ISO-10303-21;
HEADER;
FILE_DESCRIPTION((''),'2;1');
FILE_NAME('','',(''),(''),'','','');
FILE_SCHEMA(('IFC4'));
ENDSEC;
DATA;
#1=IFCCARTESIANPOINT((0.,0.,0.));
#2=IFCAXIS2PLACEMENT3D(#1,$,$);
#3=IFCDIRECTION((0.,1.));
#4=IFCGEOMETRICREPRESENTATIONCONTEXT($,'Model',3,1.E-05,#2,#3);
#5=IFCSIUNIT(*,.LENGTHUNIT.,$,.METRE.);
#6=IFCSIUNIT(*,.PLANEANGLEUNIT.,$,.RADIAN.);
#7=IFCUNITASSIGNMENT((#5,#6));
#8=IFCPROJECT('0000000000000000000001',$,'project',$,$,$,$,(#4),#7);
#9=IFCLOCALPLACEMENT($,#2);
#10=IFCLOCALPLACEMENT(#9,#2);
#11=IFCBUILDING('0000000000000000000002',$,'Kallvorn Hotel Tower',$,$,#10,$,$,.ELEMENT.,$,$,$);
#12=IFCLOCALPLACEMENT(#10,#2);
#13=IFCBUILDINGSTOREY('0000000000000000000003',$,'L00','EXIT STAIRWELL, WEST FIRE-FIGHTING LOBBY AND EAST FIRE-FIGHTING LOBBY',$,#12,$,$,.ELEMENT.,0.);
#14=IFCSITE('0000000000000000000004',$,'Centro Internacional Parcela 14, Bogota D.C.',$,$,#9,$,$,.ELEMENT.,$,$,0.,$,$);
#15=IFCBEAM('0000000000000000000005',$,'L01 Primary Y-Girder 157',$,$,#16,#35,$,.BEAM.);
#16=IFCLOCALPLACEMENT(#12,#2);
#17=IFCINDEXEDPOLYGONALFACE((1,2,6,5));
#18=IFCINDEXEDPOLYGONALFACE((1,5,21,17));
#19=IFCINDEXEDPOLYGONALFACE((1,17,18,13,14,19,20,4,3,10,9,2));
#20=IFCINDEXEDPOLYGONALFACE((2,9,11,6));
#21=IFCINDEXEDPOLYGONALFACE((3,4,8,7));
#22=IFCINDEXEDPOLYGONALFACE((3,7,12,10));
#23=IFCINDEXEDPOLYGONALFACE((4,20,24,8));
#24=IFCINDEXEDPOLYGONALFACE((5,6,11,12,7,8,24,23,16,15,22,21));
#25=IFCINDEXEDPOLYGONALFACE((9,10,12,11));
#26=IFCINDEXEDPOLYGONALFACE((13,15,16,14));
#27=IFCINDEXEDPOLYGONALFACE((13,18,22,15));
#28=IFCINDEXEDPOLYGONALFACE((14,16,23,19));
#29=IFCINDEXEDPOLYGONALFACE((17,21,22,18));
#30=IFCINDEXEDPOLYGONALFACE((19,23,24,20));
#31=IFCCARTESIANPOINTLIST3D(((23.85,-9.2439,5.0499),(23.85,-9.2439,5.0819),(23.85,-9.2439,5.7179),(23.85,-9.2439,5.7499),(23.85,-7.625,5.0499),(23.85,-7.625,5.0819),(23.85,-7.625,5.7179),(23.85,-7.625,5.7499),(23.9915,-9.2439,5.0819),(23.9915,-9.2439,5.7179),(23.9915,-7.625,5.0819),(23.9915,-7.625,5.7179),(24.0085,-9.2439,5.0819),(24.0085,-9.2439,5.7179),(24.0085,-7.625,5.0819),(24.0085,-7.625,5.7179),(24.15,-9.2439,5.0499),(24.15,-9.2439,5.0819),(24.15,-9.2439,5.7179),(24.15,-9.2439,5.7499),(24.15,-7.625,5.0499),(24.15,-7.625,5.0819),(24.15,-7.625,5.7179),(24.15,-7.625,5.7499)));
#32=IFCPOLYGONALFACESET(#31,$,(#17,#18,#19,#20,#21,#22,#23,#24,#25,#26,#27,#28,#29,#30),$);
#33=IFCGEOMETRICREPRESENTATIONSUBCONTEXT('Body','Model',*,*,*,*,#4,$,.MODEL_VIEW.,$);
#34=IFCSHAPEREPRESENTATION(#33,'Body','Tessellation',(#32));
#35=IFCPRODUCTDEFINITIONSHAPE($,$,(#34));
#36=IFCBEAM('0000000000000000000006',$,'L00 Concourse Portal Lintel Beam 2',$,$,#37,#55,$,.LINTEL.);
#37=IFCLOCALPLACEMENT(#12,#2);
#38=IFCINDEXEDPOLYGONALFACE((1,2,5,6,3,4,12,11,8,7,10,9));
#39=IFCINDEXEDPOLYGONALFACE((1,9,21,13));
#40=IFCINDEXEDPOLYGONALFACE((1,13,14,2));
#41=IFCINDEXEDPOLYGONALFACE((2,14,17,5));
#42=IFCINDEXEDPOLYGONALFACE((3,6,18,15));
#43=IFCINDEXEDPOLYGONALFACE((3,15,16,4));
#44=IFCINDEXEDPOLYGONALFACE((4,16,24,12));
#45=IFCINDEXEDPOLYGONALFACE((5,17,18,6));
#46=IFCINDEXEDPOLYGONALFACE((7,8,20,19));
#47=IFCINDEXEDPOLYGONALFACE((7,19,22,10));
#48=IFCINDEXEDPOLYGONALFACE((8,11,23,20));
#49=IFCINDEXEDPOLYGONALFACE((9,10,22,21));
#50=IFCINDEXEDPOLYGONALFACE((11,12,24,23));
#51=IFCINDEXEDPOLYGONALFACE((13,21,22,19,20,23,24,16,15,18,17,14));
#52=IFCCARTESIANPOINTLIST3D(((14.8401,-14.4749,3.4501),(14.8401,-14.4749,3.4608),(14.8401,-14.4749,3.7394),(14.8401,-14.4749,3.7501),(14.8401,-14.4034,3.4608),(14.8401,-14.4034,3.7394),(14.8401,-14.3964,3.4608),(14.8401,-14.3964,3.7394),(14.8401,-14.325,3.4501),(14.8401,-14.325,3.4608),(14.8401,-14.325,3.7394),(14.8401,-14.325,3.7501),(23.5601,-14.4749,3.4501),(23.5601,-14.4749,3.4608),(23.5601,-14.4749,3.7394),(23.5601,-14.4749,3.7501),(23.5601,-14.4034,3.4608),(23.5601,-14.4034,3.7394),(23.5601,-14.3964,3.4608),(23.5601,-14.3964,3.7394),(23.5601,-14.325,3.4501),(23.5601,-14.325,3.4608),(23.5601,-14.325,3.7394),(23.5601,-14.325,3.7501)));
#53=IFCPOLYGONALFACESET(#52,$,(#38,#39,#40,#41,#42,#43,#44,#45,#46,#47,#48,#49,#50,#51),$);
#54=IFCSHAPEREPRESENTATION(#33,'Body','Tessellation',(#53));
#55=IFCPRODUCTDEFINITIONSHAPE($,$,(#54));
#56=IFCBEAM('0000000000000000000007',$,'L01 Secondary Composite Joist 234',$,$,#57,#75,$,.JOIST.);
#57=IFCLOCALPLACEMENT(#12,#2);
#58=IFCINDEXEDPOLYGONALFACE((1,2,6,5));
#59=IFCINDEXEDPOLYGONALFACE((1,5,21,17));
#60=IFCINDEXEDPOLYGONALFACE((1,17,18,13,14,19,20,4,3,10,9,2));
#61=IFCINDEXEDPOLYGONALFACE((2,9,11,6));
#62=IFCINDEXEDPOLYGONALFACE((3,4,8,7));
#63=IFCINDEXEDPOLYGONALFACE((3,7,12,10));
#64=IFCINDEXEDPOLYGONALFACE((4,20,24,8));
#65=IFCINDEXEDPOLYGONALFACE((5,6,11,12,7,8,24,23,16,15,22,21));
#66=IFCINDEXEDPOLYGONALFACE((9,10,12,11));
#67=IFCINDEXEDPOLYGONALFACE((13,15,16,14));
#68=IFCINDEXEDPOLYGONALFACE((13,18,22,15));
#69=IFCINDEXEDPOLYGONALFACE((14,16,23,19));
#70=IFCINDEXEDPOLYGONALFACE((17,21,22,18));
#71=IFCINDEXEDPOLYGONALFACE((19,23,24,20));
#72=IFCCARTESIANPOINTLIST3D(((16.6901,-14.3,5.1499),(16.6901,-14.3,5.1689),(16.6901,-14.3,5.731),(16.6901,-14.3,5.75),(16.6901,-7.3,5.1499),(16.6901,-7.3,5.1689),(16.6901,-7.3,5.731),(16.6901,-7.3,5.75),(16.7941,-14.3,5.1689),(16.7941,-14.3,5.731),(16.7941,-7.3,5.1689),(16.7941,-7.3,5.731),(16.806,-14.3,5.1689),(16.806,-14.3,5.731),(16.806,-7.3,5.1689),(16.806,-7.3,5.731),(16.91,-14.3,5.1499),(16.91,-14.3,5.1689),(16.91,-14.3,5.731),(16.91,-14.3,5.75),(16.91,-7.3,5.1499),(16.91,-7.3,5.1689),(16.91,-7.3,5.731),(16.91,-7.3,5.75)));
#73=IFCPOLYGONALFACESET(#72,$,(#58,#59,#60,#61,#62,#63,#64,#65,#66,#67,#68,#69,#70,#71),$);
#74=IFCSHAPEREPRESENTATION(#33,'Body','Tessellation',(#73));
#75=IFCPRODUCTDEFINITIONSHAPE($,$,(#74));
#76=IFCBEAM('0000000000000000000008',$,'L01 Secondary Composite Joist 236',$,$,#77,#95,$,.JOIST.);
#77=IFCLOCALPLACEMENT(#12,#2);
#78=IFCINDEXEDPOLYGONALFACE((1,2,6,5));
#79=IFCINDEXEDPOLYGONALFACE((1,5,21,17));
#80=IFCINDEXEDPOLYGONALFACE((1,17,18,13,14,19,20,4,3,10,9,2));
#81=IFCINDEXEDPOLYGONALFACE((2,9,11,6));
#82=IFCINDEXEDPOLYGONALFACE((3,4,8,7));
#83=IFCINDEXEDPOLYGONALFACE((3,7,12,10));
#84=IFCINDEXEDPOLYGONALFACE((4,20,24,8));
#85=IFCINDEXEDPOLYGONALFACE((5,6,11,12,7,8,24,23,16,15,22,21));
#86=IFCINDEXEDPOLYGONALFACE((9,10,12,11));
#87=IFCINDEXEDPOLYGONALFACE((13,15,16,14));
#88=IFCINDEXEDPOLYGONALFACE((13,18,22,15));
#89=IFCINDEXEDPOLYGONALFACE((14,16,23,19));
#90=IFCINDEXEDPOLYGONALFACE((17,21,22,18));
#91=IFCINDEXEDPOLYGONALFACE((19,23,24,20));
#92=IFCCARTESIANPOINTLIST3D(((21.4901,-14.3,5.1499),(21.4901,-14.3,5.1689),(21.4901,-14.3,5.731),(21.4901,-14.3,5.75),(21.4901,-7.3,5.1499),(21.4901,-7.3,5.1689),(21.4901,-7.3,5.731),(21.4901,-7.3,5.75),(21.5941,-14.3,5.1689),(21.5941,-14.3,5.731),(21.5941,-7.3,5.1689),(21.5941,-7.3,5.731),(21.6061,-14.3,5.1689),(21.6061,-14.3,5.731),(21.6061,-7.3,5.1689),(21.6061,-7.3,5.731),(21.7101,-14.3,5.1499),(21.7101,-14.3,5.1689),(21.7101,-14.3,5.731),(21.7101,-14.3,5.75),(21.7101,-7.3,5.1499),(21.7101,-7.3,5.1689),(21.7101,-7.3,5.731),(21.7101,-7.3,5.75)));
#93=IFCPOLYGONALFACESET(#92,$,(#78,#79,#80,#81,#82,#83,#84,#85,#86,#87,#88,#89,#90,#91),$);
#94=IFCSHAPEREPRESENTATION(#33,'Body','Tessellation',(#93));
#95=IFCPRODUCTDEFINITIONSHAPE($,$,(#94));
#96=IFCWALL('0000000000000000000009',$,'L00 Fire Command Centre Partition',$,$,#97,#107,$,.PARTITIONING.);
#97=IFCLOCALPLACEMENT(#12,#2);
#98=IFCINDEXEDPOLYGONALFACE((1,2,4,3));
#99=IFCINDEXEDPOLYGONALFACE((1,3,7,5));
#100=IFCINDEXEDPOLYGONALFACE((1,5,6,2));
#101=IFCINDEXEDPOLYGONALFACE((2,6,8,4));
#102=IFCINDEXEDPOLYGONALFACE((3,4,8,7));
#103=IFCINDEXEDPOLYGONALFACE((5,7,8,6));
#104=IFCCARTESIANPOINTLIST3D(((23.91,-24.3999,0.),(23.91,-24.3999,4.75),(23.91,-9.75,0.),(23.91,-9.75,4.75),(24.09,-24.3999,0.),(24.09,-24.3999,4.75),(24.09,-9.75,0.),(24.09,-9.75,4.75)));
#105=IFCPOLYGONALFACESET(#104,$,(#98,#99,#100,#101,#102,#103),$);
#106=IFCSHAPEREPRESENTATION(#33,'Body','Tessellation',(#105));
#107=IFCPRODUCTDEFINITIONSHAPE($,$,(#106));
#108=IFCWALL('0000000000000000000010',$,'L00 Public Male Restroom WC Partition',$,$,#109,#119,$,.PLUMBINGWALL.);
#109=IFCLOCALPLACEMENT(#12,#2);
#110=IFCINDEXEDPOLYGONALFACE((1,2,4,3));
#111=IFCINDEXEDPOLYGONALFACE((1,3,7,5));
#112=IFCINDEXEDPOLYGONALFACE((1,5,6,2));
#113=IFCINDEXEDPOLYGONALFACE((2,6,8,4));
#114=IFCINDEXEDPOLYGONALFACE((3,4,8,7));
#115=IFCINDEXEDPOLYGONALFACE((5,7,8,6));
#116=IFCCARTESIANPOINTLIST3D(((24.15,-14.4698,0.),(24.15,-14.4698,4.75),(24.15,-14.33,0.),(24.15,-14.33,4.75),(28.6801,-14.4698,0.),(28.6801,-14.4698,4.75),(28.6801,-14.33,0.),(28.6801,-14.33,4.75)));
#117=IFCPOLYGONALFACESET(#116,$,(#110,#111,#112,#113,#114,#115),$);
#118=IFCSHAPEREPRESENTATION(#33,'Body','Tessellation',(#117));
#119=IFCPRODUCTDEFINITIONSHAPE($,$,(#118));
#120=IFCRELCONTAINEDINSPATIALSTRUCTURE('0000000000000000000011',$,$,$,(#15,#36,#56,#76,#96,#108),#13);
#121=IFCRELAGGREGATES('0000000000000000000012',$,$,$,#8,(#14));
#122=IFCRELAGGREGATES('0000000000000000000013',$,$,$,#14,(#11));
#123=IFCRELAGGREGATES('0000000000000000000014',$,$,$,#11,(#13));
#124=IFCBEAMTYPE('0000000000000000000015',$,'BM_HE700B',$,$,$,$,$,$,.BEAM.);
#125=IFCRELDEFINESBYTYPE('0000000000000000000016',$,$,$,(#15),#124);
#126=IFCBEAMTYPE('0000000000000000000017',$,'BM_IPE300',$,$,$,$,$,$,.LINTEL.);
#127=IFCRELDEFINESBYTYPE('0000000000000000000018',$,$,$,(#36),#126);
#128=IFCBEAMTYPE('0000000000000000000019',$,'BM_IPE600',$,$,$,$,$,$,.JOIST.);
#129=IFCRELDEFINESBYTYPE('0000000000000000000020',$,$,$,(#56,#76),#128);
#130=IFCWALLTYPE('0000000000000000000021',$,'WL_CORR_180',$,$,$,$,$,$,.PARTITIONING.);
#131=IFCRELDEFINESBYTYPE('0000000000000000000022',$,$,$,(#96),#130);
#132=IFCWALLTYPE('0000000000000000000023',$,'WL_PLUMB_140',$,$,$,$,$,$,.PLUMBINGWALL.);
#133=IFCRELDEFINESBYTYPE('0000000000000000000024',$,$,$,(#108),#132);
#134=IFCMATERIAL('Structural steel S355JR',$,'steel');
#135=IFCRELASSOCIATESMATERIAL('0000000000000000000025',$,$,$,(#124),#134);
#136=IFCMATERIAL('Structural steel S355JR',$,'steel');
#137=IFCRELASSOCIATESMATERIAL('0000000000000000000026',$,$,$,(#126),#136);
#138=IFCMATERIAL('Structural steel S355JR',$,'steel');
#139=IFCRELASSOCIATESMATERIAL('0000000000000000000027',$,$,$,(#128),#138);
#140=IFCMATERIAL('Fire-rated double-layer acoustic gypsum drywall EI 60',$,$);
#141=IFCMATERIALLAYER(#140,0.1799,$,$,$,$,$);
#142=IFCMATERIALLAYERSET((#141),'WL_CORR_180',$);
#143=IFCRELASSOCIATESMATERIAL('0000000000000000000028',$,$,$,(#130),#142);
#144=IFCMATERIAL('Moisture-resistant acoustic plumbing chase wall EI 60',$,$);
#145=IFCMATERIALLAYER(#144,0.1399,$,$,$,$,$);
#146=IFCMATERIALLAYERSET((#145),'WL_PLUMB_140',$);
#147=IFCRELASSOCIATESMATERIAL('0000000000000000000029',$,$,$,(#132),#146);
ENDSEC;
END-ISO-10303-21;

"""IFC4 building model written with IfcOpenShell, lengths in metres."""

from ifc_helpers import new_model, si_unit, direction, frame, frame_2d, origin, origin_2d, place, context, subcontext, project, spatial, rectangle, i_section, extrude, material, layer, layer_set, material_profile, profile_set, type_object, element, save


model = new_model("IFC4")

# Units and contexts
model_context = context("Model", 3, precision=1e-05, world=origin(), true_north=direction((0.0, 1.0)))
body_context = subcontext(model_context, "Body", "Model", "MODEL_VIEW")
ifc_project = project(units=[si_unit("LENGTHUNIT", "METRE"), si_unit("PLANEANGLEUNIT", "RADIAN")], contexts=[model_context])

# Site, building, storey
site_placement = place(None, origin())
site = spatial("IfcSite", under=ifc_project, at=site_placement, Name="Centro Internacional Parcela 14, Bogota D.C.", CompositionType="ELEMENT", RefElevation=0.0)
building_placement = place(site_placement, origin())
building = spatial("IfcBuilding", under=site, at=building_placement, Name="Kallvorn Hotel Tower", CompositionType="ELEMENT")
storey_placement = place(building_placement, origin())
storey = spatial("IfcBuildingStorey", under=building, at=storey_placement, Name="L00", Description="EXIT STAIRWELL, WEST FIRE-FIGHTING LOBBY AND EAST FIRE-FIGHTING LOBBY", CompositionType="ELEMENT", Elevation=0.0)

# Beams
ifc_material_1 = material(Name="Structural steel S355JR", Category="steel")
ifc_material_profile_1 = material_profile(ifc_material_1, i_section(OverallWidth=0.3, OverallDepth=0.7, WebThickness=0.0171, FlangeThickness=0.032, at=origin_2d()), Name="HE 700 B")
ifc_profile_set_1 = profile_set([ifc_material_profile_1], Name="Structural steel S355JR")
beam_type_1 = type_object("IfcBeamType", Name="BM_HE700B", PredefinedType="BEAM", material=ifc_profile_set_1)
beam_1_placement = place(storey_placement, frame((24.0, -9.2439, 5.3999), z_axis=(0.0, 1.0, 0.0), x_axis=(-1.0, 0.0, 0.0)))
element("IfcBeam", 1, at=beam_1_placement, inside=storey, type_object=beam_type_1, Name="L01 Primary Y-Girder 157", PredefinedType="BEAM", context=body_context, shape_type="SweptSolid", body=[
    extrude(i_section(OverallWidth=0.3, OverallDepth=0.7, WebThickness=0.0171, FlangeThickness=0.032, at=origin_2d()), origin(), (0.0, 0.0, 1.0), 1.6189),
])
ifc_material_2 = material(Name="Structural steel S355JR", Category="steel")
ifc_material_profile_2 = material_profile(ifc_material_2, i_section(OverallWidth=0.1499, OverallDepth=0.3, WebThickness=0.0071, FlangeThickness=0.0107, at=origin_2d()), Name="IPE 300")
ifc_profile_set_2 = profile_set([ifc_material_profile_2], Name="Structural steel S355JR")
beam_type_2 = type_object("IfcBeamType", Name="BM_IPE300", PredefinedType="LINTEL", material=ifc_profile_set_2)
beam_2_placement = place(storey_placement, frame((14.8401, -14.3999, 3.6001), z_axis=(1.0, 0.0, 0.0), x_axis=(0.0, 1.0, 0.0)))
element("IfcBeam", 2, at=beam_2_placement, inside=storey, type_object=beam_type_2, Name="L00 Concourse Portal Lintel Beam 2", PredefinedType="LINTEL", context=body_context, shape_type="SweptSolid", body=[
    extrude(i_section(OverallWidth=0.1499, OverallDepth=0.3, WebThickness=0.0071, FlangeThickness=0.0107, at=origin_2d()), origin(), (0.0, 0.0, 1.0), 8.72),
])
ifc_material_3 = material(Name="Structural steel S355JR", Category="steel")
ifc_material_profile_3 = material_profile(ifc_material_3, i_section(OverallWidth=0.22, OverallDepth=0.6001, WebThickness=0.012, FlangeThickness=0.019, at=origin_2d()), Name="IPE 600")
ifc_profile_set_3 = profile_set([ifc_material_profile_3], Name="Structural steel S355JR")
beam_type_3 = type_object("IfcBeamType", Name="BM_IPE600", PredefinedType="JOIST", material=ifc_profile_set_3)
for number, where, z_axis, x_axis, name in (
    (3, (16.8, -14.3, 5.45), (0.0, 1.0, 0.0), (-1.0, 0.0, 0.0), "L01 Secondary Composite Joist 234"),
    (4, (21.6001, -14.3, 5.45), (0.0, 1.0, 0.0), (-1.0, 0.0, 0.0), "L01 Secondary Composite Joist 236"),
):
    element("IfcBeam", number, at=place(storey_placement, frame(where, z_axis=z_axis, x_axis=x_axis)), inside=storey, type_object=beam_type_3, Name=name, PredefinedType="JOIST", context=body_context, shape_type="SweptSolid", body=[
        extrude(i_section(OverallWidth=0.22, OverallDepth=0.6001, WebThickness=0.012, FlangeThickness=0.019, at=origin_2d()), origin(), (0.0, 0.0, 1.0), 7.0),
    ])

# Walls
ifc_material_4 = material(Name="Fire-rated double-layer acoustic gypsum drywall EI 60")
ifc_layer_1 = layer(ifc_material_4, 0.1799)
ifc_layer_set_1 = layer_set([ifc_layer_1], Name="WL_CORR_180")
wall_type_1 = type_object("IfcWallType", Name="WL_CORR_180", PredefinedType="PARTITIONING", material=ifc_layer_set_1)
wall_1_placement = place(storey_placement, frame((24.0, -24.3999, 0.0), z_axis=(0.0, 0.0, 1.0), x_axis=(0.0, 1.0, 0.0)))
element("IfcWall", 5, at=wall_1_placement, inside=storey, type_object=wall_type_1, Name="L00 Fire Command Centre Partition", PredefinedType="PARTITIONING", context=body_context, shape_type="SweptSolid", body=[
    extrude(rectangle(XDim=14.6499, YDim=0.1799, at=frame_2d((7.325, 0.0))), origin(), (0.0, 0.0, 1.0), 4.75),
])
ifc_material_5 = material(Name="Moisture-resistant acoustic plumbing chase wall EI 60")
ifc_layer_2 = layer(ifc_material_5, 0.1399)
ifc_layer_set_2 = layer_set([ifc_layer_2], Name="WL_PLUMB_140")
wall_type_2 = type_object("IfcWallType", Name="WL_PLUMB_140", PredefinedType="PLUMBINGWALL", material=ifc_layer_set_2)
wall_2_placement = place(storey_placement, frame((24.1499, -14.3999, 0.0), z_axis=(0.0, 0.0, 1.0), x_axis=(1.0, 0.0, 0.0)))
element("IfcWall", 6, at=wall_2_placement, inside=storey, type_object=wall_type_2, Name="L00 Public Male Restroom WC Partition", PredefinedType="PLUMBINGWALL", context=body_context, shape_type="SweptSolid", body=[
    extrude(rectangle(XDim=4.53, YDim=0.1399, at=frame_2d((2.2651, 0.0))), origin(), (0.0, 0.0, 1.0), 4.75),
])

save(model, "model.ifc")
